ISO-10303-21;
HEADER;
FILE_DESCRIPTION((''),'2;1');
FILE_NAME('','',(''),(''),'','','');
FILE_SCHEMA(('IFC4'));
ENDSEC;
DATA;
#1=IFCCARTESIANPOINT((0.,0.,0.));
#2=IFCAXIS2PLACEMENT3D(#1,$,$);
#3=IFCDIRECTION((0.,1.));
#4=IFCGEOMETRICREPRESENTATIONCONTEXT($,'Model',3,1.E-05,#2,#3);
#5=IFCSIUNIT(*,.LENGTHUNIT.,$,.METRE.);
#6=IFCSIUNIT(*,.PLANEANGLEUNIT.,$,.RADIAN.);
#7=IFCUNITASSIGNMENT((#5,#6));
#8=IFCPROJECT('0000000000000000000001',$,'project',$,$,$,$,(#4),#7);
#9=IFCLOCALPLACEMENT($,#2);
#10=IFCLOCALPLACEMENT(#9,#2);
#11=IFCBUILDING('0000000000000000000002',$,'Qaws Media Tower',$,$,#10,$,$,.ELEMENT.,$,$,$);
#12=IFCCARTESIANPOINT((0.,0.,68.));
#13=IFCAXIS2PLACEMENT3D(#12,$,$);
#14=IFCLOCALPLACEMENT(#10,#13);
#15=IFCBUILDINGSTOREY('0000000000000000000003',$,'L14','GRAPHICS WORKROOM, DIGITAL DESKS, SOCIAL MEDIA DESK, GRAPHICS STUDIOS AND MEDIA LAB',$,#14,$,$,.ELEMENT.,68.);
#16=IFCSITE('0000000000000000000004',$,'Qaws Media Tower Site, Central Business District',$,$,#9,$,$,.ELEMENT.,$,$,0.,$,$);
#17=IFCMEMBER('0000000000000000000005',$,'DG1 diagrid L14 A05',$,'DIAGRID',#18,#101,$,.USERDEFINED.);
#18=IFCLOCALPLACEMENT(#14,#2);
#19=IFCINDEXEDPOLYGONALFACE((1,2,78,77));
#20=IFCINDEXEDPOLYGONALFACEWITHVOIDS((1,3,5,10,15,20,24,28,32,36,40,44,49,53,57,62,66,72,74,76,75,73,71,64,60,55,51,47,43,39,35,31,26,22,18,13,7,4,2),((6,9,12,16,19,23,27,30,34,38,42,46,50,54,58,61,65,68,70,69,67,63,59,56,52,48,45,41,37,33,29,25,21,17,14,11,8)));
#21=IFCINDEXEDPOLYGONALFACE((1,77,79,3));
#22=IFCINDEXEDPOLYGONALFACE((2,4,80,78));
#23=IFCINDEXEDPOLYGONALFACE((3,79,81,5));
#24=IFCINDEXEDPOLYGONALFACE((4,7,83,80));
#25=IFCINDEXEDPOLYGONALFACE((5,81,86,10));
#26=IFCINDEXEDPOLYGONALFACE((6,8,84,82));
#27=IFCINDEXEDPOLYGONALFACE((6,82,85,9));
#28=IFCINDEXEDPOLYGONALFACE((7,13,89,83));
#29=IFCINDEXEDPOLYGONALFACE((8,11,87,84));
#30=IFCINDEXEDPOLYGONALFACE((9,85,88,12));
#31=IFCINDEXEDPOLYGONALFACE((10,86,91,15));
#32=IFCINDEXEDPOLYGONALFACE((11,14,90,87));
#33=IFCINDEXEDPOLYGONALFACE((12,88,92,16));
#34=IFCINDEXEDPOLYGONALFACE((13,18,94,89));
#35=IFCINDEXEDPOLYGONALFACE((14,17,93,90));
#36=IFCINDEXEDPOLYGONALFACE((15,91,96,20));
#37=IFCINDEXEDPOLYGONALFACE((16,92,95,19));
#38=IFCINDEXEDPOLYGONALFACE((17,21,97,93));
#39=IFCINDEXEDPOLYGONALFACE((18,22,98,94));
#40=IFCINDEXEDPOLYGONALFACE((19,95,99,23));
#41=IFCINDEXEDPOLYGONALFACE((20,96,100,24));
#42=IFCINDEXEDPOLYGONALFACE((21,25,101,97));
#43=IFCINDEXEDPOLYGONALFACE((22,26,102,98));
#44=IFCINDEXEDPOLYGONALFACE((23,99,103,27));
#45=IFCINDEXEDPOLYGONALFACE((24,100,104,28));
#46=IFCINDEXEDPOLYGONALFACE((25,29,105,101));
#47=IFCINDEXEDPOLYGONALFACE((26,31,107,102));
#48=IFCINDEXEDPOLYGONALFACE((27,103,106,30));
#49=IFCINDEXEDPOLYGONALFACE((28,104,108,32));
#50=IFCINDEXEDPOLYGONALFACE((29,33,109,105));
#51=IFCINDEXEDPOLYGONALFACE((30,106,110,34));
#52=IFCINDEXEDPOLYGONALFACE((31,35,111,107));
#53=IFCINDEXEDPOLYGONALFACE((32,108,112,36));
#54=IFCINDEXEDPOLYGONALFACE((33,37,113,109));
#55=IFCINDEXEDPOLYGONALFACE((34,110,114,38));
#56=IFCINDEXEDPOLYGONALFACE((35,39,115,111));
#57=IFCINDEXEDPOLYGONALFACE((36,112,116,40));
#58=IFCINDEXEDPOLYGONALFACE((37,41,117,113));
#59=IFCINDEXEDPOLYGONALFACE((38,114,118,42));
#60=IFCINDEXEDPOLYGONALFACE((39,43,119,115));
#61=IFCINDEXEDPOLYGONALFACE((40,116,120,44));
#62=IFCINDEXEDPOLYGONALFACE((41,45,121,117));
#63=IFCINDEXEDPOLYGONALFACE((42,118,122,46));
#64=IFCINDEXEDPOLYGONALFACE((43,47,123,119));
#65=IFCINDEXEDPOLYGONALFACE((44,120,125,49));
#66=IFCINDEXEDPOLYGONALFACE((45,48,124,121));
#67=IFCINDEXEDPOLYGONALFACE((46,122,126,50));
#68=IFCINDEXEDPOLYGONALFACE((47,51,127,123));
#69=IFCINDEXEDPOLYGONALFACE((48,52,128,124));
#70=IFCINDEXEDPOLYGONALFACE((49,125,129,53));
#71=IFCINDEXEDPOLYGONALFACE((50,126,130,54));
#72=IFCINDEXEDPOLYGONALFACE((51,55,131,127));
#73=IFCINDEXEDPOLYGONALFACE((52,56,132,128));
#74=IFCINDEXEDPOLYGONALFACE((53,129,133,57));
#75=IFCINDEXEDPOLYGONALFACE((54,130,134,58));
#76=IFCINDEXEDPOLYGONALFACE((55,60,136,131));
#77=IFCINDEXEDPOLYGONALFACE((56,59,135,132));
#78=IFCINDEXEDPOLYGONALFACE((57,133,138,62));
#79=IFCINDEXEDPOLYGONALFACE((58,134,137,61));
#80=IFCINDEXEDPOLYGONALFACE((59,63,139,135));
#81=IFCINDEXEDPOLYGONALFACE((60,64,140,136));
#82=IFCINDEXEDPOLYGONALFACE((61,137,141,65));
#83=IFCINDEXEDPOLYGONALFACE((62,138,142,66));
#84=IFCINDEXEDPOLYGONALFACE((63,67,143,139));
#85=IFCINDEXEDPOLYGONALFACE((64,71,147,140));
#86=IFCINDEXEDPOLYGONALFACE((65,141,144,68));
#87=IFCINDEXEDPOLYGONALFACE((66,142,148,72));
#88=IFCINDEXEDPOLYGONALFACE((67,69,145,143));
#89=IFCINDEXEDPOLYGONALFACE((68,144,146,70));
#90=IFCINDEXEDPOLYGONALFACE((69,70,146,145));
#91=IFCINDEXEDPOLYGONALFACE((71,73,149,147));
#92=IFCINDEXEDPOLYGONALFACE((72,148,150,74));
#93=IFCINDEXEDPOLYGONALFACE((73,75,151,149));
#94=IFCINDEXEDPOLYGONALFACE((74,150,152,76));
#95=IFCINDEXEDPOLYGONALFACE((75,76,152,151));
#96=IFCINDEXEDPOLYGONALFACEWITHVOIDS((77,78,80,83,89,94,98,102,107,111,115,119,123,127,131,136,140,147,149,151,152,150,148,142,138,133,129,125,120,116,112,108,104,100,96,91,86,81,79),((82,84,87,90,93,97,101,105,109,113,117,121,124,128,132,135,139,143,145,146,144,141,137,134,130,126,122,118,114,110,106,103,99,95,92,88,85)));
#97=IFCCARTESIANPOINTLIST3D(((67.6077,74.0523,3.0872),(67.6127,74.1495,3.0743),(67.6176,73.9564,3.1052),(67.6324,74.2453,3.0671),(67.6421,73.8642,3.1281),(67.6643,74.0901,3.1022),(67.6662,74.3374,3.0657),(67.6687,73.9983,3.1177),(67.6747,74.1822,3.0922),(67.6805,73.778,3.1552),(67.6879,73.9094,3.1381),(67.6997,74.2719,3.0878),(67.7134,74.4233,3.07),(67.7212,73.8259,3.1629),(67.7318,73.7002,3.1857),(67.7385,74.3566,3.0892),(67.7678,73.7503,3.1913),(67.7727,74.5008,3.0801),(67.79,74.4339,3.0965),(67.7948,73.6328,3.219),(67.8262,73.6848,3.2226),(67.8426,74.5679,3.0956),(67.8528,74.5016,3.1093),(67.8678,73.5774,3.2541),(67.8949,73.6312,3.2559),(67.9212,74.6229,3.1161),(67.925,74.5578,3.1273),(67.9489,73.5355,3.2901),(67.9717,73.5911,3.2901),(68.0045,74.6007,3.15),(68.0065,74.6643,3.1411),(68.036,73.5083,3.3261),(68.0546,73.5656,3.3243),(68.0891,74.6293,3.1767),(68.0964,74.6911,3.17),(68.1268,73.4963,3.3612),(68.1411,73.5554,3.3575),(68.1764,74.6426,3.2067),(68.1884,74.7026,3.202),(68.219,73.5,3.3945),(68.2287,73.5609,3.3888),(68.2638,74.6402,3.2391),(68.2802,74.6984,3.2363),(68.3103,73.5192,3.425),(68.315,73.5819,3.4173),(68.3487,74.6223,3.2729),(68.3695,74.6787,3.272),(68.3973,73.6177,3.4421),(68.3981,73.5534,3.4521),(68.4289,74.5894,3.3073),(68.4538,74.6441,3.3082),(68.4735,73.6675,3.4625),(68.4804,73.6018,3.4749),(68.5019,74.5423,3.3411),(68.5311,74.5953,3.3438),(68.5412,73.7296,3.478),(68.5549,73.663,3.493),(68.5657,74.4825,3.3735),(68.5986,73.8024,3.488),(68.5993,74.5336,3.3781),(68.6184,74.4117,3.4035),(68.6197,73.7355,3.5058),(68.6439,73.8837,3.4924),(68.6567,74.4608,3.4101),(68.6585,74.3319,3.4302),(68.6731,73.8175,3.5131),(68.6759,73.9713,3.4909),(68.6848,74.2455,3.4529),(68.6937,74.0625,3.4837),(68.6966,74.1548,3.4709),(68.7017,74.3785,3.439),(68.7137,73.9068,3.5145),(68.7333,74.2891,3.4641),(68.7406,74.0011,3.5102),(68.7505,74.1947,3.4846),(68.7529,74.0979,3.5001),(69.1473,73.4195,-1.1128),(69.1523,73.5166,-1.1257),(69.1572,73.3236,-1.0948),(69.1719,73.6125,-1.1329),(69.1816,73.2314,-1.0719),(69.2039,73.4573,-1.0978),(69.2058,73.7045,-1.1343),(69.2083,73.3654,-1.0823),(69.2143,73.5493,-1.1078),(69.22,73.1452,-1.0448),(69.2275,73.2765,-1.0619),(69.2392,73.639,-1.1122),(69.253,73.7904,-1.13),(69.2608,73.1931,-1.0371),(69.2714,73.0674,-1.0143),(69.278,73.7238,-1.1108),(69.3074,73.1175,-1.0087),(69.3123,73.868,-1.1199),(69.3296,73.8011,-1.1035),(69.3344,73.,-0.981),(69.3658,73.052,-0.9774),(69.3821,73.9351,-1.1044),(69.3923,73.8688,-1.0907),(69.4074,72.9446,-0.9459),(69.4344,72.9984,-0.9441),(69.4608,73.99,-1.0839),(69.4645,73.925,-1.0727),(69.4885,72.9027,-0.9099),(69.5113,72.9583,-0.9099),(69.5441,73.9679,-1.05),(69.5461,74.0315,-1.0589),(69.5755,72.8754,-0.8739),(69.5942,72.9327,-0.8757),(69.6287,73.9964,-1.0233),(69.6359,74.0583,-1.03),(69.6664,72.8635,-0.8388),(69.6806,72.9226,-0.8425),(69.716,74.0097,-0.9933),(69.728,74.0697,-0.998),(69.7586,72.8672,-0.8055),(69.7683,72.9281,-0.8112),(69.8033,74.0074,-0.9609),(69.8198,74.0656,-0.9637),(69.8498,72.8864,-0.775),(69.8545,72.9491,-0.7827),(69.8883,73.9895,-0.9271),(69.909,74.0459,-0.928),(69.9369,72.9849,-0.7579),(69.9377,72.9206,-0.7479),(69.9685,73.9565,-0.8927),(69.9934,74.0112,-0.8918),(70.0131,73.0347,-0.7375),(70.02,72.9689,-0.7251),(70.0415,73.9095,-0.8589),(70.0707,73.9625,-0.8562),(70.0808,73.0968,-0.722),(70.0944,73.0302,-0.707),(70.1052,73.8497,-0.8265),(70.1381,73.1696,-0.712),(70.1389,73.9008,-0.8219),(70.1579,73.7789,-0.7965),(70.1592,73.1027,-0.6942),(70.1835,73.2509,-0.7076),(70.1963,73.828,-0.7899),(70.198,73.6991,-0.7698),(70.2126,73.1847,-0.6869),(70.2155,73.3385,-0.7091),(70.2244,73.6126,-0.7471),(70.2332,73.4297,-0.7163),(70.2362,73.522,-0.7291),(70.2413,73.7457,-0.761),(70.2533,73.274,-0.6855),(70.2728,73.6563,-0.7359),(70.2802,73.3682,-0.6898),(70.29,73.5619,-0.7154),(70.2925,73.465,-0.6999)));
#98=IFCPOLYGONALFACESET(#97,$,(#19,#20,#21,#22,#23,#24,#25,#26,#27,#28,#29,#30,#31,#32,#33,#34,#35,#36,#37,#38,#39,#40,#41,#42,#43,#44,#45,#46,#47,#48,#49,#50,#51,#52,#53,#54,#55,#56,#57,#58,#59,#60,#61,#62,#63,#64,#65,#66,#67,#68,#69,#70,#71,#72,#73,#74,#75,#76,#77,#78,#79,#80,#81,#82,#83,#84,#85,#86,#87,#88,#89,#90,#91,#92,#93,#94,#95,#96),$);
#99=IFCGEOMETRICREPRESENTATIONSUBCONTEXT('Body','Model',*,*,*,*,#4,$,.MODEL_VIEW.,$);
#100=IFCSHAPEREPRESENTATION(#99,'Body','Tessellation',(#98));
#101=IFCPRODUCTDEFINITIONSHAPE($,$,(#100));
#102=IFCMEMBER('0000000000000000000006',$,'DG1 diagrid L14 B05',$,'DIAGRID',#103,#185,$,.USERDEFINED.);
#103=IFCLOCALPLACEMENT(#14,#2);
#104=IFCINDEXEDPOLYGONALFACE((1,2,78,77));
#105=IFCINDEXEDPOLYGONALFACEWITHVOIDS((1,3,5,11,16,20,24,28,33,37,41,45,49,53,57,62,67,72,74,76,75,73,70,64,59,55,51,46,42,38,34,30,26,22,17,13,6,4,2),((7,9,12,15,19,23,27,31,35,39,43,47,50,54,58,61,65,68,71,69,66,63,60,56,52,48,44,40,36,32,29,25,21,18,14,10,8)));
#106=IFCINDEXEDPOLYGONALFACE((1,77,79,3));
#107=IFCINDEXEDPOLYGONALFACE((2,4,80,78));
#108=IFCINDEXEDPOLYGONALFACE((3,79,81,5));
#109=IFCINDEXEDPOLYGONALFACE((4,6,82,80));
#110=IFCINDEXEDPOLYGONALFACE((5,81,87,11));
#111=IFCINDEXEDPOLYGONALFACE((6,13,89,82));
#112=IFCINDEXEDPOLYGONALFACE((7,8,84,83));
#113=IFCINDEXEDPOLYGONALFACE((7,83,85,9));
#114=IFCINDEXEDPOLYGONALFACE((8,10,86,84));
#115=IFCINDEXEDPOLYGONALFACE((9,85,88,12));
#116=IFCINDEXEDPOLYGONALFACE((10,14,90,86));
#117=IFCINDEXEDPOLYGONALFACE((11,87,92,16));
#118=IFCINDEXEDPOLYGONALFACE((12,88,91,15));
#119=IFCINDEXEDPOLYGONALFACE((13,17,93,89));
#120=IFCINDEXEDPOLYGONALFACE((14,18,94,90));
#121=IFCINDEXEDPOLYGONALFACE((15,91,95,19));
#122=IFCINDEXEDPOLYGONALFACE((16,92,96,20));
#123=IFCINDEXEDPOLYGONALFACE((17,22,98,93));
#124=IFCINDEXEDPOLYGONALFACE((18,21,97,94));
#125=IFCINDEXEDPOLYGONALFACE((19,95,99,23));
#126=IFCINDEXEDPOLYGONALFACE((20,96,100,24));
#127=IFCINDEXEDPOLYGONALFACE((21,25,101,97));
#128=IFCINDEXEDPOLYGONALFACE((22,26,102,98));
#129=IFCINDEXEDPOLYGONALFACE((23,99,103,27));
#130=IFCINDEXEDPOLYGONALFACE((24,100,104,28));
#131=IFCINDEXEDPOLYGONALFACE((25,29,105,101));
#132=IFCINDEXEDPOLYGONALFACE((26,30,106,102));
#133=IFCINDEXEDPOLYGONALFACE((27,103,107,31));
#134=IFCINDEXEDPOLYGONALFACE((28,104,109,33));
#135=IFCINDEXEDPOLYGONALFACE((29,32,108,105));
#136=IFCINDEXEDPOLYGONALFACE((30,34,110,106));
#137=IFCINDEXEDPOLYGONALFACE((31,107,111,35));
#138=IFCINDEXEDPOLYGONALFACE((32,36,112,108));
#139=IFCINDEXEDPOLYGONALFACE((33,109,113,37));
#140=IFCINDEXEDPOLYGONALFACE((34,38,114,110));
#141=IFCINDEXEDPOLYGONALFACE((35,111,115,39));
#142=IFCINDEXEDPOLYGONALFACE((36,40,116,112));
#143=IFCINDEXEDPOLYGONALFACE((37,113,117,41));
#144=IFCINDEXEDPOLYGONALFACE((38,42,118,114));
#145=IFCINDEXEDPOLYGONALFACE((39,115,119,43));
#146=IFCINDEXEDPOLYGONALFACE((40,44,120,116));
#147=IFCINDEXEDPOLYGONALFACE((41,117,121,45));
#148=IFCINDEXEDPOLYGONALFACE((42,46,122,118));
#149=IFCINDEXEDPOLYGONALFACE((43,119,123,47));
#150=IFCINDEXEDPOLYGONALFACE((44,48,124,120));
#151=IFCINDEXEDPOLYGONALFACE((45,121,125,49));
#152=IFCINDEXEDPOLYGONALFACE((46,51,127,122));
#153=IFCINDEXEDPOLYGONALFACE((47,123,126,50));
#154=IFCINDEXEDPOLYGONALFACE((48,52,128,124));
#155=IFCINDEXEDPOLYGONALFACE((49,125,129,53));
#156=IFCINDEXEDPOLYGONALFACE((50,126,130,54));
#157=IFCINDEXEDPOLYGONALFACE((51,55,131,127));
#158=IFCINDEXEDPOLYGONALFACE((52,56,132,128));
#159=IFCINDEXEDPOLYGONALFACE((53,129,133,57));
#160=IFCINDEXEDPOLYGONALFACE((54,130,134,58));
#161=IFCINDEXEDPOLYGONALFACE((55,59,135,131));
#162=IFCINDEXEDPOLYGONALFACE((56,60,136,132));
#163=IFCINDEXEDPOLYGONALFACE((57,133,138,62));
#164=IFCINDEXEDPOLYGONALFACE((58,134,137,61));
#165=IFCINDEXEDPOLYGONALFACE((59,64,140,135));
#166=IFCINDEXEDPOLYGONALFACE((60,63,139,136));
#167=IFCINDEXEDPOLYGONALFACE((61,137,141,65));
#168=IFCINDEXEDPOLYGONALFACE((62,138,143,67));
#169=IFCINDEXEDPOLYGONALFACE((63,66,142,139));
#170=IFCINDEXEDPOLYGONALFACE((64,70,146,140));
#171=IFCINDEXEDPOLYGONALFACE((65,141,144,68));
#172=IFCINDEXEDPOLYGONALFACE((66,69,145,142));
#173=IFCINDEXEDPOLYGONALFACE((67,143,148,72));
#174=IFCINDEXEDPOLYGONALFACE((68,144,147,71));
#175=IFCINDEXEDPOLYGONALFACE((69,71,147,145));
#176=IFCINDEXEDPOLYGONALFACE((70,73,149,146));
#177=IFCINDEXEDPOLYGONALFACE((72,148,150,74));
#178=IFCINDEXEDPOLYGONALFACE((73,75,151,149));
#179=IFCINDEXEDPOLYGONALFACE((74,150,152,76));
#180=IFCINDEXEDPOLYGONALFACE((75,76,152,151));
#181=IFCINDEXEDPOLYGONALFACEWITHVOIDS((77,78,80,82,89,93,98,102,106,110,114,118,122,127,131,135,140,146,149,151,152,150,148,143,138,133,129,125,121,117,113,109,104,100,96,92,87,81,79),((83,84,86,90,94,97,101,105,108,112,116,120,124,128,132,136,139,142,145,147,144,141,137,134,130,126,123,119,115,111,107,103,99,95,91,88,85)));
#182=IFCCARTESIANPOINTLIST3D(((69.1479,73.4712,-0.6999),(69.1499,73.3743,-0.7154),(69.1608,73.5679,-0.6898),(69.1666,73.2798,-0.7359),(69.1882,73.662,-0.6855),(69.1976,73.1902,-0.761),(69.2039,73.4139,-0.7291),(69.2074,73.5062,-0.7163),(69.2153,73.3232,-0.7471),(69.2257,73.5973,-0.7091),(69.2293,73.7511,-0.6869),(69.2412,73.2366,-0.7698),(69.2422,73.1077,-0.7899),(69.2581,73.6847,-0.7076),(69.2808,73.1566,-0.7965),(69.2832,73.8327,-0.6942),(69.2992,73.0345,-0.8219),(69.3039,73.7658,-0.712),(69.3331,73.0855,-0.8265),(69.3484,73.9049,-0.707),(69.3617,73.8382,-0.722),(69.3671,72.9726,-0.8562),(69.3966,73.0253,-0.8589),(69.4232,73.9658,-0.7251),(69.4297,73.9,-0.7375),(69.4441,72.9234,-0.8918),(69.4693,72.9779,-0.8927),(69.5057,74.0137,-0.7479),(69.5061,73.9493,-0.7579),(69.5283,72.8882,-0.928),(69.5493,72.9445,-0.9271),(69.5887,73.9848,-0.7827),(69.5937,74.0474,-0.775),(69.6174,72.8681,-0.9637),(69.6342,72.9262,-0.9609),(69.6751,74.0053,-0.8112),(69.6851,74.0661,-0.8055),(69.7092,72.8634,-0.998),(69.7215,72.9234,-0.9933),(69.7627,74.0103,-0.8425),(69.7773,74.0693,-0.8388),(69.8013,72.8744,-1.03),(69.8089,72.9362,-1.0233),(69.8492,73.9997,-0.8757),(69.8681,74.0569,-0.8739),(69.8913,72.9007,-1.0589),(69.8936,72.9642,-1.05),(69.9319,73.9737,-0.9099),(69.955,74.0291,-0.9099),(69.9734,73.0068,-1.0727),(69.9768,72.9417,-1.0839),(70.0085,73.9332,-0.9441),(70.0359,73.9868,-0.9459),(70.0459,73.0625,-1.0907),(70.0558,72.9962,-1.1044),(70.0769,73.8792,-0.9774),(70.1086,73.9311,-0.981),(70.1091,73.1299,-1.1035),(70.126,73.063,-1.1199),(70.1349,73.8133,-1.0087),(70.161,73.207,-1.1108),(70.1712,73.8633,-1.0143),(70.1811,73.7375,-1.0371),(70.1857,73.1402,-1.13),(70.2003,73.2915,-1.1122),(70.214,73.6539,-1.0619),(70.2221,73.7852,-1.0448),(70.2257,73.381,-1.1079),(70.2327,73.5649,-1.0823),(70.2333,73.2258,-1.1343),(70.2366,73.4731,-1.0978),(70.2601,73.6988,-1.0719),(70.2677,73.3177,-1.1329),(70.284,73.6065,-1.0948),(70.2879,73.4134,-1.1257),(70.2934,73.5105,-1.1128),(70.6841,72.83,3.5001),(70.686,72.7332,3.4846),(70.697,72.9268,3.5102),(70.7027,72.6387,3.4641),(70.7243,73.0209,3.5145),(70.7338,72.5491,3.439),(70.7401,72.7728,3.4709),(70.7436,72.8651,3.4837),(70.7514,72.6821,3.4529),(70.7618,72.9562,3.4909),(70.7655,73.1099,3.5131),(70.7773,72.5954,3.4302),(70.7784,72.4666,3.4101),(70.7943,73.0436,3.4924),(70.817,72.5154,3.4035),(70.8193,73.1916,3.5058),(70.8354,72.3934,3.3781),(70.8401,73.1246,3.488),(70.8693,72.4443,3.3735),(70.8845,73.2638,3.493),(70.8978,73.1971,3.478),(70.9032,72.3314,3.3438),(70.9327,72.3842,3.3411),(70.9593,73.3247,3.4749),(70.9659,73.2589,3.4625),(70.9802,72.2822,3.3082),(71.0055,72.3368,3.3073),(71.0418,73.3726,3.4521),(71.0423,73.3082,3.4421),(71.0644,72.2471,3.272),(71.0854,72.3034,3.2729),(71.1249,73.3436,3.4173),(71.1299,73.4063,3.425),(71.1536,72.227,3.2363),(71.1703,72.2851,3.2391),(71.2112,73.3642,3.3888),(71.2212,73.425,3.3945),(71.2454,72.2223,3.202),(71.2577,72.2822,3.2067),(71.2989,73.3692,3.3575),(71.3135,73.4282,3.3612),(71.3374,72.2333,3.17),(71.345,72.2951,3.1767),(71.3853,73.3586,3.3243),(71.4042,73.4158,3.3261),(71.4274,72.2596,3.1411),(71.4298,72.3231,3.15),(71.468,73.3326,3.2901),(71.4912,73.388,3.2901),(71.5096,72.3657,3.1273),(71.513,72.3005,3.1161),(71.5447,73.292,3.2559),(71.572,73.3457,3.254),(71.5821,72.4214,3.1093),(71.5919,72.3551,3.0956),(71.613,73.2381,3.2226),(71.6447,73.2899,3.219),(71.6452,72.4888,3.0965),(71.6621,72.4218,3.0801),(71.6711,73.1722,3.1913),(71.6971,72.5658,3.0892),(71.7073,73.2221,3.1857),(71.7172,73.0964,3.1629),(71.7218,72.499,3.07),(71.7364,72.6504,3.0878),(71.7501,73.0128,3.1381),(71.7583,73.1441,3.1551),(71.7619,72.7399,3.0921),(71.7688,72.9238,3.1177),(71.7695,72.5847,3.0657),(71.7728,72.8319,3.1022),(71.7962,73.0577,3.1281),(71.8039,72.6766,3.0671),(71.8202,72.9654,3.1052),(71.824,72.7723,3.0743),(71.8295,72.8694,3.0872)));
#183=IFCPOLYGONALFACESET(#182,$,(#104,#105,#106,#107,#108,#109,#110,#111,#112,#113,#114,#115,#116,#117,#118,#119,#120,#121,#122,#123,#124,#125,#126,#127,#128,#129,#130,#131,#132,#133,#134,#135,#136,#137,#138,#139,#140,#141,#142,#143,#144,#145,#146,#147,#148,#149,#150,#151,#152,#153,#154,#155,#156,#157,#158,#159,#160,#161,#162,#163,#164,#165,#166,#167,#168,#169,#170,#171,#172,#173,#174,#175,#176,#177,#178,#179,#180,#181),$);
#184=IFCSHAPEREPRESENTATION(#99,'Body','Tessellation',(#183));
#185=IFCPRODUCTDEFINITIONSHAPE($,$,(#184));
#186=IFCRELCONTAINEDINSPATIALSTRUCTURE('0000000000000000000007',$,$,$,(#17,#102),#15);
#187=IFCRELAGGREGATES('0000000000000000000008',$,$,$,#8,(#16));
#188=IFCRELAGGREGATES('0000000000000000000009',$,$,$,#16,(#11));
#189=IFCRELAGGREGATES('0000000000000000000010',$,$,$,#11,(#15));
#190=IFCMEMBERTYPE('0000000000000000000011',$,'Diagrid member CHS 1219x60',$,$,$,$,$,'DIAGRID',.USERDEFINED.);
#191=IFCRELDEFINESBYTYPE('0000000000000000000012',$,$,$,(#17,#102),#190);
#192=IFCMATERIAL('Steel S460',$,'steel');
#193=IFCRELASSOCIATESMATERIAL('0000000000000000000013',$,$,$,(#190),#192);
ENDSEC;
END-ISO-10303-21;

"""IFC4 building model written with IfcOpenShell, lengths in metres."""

from ifc_helpers import new_model, si_unit, direction, frame, origin, origin_2d, place, context, subcontext, project, spatial, hollow_circle, extrude, material, material_profile, profile_set, type_object, element, save


model = new_model("IFC4")

# Units and contexts
model_context = context("Model", 3, precision=1e-05, world=origin(), true_north=direction((0.0, 1.0)))
body_context = subcontext(model_context, "Body", "Model", "MODEL_VIEW")
ifc_project = project(units=[si_unit("LENGTHUNIT", "METRE"), si_unit("PLANEANGLEUNIT", "RADIAN")], contexts=[model_context])

# Site, building, storey
site_placement = place(None, origin())
site = spatial("IfcSite", under=ifc_project, at=site_placement, Name="Qaws Media Tower Site, Central Business District", CompositionType="ELEMENT", RefElevation=0.0)
building_placement = place(site_placement, origin())
building = spatial("IfcBuilding", under=site, at=building_placement, Name="Qaws Media Tower", CompositionType="ELEMENT")
storey_placement = place(building_placement, frame((0.0, 0.0, 68.0)))
storey = spatial("IfcBuildingStorey", under=building, at=storey_placement, Name="L14", Description="GRAPHICS WORKROOM, DIGITAL DESKS, SOCIAL MEDIA DESK, GRAPHICS STUDIOS AND MEDIA LAB", CompositionType="ELEMENT", Elevation=68.0)

# Members
ifc_material_1 = material(Name="Steel S460", Category="steel")
ifc_material_profile_1 = material_profile(ifc_material_1, hollow_circle(Radius=0.6096, WallThickness=0.0601, at=origin_2d()), Name="CHS 1219x60")
ifc_profile_set_1 = profile_set([ifc_material_profile_1], Name="Steel S460")
member_type_1 = type_object("IfcMemberType", Name="Diagrid member CHS 1219x60", ElementType="DIAGRID", PredefinedType="USERDEFINED", material=ifc_profile_set_1)
for number, where, z_axis, x_axis, name in (
    (1, (69.7202, 73.4666, -0.9099), (-0.340777, 0.140072, 0.929651), (-0.380174, -0.924915, 0.0), "DG1 diagrid L14 A05"),
    (2, (69.7202, 73.4666, -0.9099), (0.34002, -0.141909, 0.92965), (0.385157, 0.922851, 0.0), "DG1 diagrid L14 B05"),
):
    element("IfcMember", number, at=place(storey_placement, frame(where, z_axis=z_axis, x_axis=x_axis)), inside=storey, type_object=member_type_1, Name=name, ObjectType="DIAGRID", PredefinedType="USERDEFINED", context=body_context, shape_type="SweptSolid", body=[
        extrude(hollow_circle(Radius=0.6096, WallThickness=0.0601, at=origin_2d()), origin(), (0.0, 0.0, 1.0), 4.5178),
    ])

save(model, "model.ifc")
